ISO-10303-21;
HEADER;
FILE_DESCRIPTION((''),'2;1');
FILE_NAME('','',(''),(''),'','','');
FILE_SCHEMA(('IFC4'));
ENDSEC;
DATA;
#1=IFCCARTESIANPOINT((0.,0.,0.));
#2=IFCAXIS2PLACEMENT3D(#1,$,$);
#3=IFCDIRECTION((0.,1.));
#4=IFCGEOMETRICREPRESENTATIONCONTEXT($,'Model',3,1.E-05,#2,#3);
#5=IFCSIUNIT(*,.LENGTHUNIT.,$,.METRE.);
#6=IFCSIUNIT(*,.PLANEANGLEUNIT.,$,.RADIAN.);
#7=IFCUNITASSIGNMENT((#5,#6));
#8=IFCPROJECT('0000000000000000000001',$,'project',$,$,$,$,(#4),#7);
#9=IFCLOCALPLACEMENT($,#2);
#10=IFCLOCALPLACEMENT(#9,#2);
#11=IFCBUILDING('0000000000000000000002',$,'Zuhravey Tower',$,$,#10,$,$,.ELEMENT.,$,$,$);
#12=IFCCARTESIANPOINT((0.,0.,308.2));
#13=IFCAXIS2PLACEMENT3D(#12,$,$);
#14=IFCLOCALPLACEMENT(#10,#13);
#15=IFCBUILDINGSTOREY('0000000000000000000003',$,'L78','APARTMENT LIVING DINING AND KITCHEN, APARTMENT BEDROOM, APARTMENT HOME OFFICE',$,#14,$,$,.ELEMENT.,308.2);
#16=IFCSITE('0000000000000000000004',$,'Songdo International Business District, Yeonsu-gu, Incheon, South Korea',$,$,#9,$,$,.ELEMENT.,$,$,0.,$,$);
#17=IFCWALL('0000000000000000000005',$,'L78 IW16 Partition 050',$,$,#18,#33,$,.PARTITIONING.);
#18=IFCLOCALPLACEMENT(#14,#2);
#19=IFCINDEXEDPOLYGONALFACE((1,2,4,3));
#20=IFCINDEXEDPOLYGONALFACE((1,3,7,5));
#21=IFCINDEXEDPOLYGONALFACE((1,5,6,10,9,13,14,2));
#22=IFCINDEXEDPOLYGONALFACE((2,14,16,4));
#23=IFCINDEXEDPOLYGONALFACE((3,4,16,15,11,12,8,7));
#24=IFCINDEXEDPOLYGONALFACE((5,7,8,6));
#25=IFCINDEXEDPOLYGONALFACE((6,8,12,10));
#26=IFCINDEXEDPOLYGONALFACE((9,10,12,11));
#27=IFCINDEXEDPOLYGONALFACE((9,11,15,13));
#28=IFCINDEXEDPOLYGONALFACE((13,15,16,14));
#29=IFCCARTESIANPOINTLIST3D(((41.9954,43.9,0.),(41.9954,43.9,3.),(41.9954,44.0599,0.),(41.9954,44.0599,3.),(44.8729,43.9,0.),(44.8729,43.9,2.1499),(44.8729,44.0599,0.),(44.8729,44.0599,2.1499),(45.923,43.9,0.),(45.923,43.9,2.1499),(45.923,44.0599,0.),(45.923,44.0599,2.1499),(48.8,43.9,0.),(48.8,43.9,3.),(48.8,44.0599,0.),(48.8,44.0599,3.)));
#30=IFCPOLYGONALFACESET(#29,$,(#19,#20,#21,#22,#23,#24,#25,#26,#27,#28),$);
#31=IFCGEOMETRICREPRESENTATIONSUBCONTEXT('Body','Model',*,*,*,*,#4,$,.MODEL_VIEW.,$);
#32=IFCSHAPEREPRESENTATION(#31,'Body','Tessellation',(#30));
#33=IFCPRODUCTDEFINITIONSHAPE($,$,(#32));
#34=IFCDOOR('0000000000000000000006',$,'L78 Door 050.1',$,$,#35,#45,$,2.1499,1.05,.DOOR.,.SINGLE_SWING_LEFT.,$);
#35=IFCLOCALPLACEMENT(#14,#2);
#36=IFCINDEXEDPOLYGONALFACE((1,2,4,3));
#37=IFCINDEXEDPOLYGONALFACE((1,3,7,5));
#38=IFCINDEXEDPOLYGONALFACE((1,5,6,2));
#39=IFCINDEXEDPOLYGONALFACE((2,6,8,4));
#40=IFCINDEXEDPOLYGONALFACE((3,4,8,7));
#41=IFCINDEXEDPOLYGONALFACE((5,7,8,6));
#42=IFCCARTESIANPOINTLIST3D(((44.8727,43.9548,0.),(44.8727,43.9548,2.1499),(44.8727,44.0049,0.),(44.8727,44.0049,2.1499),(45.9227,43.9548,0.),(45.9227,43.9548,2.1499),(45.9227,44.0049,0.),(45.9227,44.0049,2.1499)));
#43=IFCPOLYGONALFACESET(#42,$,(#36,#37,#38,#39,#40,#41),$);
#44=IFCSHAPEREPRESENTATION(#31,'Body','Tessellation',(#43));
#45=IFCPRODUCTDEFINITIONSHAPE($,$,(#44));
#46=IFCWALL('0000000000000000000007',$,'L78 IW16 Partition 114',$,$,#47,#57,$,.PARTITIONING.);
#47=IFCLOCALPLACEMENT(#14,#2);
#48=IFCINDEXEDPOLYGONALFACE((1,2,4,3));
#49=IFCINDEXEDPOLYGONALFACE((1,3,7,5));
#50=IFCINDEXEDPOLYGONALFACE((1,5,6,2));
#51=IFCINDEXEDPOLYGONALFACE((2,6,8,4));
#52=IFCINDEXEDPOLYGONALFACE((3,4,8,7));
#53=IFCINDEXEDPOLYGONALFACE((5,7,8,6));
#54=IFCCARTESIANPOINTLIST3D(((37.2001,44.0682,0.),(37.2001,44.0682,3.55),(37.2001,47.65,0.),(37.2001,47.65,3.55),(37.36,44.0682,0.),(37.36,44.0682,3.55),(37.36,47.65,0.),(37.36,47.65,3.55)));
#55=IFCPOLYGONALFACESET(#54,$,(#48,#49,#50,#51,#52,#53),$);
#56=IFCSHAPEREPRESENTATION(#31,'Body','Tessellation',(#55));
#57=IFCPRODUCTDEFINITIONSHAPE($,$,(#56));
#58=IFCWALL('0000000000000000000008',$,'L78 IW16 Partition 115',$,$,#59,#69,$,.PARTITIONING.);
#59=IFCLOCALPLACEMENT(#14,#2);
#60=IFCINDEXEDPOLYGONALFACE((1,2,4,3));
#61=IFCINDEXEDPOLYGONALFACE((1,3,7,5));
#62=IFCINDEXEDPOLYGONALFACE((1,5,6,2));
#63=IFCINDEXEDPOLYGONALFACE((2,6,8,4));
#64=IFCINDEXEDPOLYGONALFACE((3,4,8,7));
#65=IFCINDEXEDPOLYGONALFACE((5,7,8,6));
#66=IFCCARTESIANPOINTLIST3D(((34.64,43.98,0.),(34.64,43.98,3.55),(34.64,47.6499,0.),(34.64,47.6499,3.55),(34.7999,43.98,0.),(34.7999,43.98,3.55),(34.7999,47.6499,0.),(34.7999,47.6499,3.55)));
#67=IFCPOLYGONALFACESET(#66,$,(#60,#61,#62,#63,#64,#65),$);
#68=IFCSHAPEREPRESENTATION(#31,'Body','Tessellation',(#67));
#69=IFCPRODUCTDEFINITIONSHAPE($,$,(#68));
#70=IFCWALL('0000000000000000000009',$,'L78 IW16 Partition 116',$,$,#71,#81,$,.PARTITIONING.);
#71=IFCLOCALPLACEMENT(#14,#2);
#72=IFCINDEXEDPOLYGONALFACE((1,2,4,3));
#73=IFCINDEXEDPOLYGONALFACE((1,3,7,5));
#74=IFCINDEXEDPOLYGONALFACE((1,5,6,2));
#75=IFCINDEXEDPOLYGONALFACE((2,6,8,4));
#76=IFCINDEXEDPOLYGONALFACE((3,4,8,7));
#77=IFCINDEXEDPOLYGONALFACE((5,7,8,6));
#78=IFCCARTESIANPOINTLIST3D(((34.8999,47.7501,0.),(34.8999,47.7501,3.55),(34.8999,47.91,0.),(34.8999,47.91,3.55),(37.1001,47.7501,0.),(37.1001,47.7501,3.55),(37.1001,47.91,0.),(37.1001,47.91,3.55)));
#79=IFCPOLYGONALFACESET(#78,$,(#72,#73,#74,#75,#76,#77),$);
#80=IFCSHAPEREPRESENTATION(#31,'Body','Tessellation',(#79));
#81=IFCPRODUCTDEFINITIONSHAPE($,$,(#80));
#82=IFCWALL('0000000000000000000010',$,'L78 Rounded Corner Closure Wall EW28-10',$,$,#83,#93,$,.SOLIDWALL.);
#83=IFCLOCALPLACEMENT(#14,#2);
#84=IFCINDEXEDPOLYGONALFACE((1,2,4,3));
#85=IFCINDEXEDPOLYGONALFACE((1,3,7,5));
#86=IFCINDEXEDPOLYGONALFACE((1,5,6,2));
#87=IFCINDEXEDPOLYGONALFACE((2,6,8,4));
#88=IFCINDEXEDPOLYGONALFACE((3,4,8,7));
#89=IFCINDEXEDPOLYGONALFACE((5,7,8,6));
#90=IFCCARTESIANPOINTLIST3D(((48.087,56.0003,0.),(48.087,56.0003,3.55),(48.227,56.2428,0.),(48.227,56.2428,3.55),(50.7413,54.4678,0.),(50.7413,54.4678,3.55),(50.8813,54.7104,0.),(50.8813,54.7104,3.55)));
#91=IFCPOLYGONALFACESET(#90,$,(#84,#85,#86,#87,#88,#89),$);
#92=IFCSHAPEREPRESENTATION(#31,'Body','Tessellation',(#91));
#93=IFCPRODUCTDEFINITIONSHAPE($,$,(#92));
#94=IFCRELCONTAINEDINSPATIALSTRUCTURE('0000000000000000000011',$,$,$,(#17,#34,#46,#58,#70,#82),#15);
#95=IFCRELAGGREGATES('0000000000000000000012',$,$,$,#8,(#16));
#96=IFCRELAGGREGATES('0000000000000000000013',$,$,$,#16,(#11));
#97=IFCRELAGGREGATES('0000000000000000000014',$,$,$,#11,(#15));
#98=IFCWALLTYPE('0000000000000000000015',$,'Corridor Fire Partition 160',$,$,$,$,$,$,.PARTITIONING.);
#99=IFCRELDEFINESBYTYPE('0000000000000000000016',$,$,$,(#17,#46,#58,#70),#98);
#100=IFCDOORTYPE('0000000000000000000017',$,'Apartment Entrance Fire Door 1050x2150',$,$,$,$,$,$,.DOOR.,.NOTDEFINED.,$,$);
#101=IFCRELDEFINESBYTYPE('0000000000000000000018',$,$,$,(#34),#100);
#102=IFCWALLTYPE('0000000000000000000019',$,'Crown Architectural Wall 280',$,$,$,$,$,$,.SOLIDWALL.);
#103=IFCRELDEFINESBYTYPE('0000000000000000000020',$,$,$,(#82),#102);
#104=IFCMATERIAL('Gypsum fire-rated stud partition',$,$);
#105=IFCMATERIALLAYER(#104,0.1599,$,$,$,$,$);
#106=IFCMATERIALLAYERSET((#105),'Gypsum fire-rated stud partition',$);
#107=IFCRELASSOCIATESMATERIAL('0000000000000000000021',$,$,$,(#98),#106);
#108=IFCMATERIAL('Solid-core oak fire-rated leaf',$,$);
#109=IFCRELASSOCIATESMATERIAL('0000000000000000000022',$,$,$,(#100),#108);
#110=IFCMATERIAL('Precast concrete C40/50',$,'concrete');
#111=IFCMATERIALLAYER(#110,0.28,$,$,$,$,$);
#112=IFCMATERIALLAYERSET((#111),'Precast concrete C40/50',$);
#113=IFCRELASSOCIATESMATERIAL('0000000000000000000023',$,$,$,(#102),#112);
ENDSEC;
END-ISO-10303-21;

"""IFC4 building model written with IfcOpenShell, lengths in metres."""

from ifc_helpers import new_model, si_unit, direction, frame, frame_2d, origin, place, context, subcontext, project, spatial, rectangle, extrude, material, layer, layer_set, type_object, element, fill, save


model = new_model("IFC4")

# Units and contexts
model_context = context("Model", 3, precision=1e-05, world=origin(), true_north=direction((0.0, 1.0)))
body_context = subcontext(model_context, "Body", "Model", "MODEL_VIEW")
ifc_project = project(units=[si_unit("LENGTHUNIT", "METRE"), si_unit("PLANEANGLEUNIT", "RADIAN")], contexts=[model_context])

# Site, building, storey
site_placement = place(None, origin())
site = spatial("IfcSite", under=ifc_project, at=site_placement, Name="Songdo International Business District, Yeonsu-gu, Incheon, South Korea", CompositionType="ELEMENT", RefElevation=0.0)
building_placement = place(site_placement, origin())
building = spatial("IfcBuilding", under=site, at=building_placement, Name="Zuhravey Tower", CompositionType="ELEMENT")
storey_placement = place(building_placement, frame((0.0, 0.0, 308.2)))
storey = spatial("IfcBuildingStorey", under=building, at=storey_placement, Name="L78", Description="APARTMENT LIVING DINING AND KITCHEN, APARTMENT BEDROOM, APARTMENT HOME OFFICE", CompositionType="ELEMENT", Elevation=308.2)

# Wall, opening, door
ifc_material_1 = material(Name="Gypsum fire-rated stud partition")
ifc_layer_1 = layer(ifc_material_1, 0.1599)
ifc_layer_set_1 = layer_set([ifc_layer_1], Name="Gypsum fire-rated stud partition")
wall_type_1 = type_object("IfcWallType", Name="Corridor Fire Partition 160", PredefinedType="PARTITIONING", material=ifc_layer_set_1)
wall_1_placement = place(storey_placement, frame((48.8, 43.98, 0.0), z_axis=(0.0, 0.0, 1.0), x_axis=(-1.0, 0.0, 0.0)))
wall_1 = element("IfcWall", 1, at=wall_1_placement, inside=storey, type_object=wall_type_1, Name="L78 IW16 Partition 050", PredefinedType="PARTITIONING", context=body_context, shape_type="SweptSolid", body=[
    extrude(rectangle(XDim=6.8047, YDim=0.1599, at=frame_2d((3.4023, 0.0))), origin(), (0.0, 0.0, 1.0), 3.0),
])
opening_placement = place(wall_1_placement, frame((2.8772, 0.0, 0.0)))
opening = element("IfcOpeningElement", 2, at=opening_placement, cuts=wall_1, PredefinedType="OPENING", context=body_context, shape_type="SweptSolid", body=[
    extrude(rectangle(XDim=1.05, YDim=2.1499, at=frame_2d((0.5249, 1.075))), frame((0.0, 0.092, 0.0), z_axis=(0.0, -1.0, 0.0), x_axis=(1.0, 0.0, 0.0)), (0.0, 0.0, 1.0), 0.1838),
])
ifc_material_2 = material(Name="Solid-core oak fire-rated leaf")
door_type = type_object("IfcDoorType", Name="Apartment Entrance Fire Door 1050x2150", OperationType="NOTDEFINED", PredefinedType="DOOR", material=ifc_material_2)
door_placement = place(opening_placement, frame((1.05, 0.0, 0.0), z_axis=(0.0, 0.0, 1.0), x_axis=(-1.0, 0.0, 0.0)))
door = element("IfcDoor", 3, at=door_placement, inside=storey, type_object=door_type, Name="L78 Door 050.1", OperationType="SINGLE_SWING_LEFT", OverallHeight=2.1499, OverallWidth=1.05, PredefinedType="DOOR", context=body_context, shape_type="SweptSolid", body=[
    extrude(rectangle(XDim=1.05, YDim=2.1499, at=frame_2d((0.5249, 1.075))), frame((0.0, 0.0249, 0.0), z_axis=(0.0, -1.0, 0.0), x_axis=(1.0, 0.0, 0.0)), (0.0, 0.0, 1.0), 0.05),
])
fill(opening, door)

# Walls
wall_2_placement = place(storey_placement, frame((37.28, 44.0681, 0.0), z_axis=(0.0, 0.0, 1.0), x_axis=(0.0, 1.0, 0.0)))
element("IfcWall", 4, at=wall_2_placement, inside=storey, type_object=wall_type_1, Name="L78 IW16 Partition 114", PredefinedType="PARTITIONING", context=body_context, shape_type="SweptSolid", body=[
    extrude(rectangle(XDim=3.5818, YDim=0.1599, at=frame_2d((1.791, 0.0))), origin(), (0.0, 0.0, 1.0), 3.55),
])
wall_3_placement = place(storey_placement, frame((34.72, 47.6499, 0.0), z_axis=(0.0, 0.0, 1.0), x_axis=(0.0, -1.0, 0.0)))
element("IfcWall", 5, at=wall_3_placement, inside=storey, type_object=wall_type_1, Name="L78 IW16 Partition 115", PredefinedType="PARTITIONING", context=body_context, shape_type="SweptSolid", body=[
    extrude(rectangle(XDim=3.6699, YDim=0.1599, at=frame_2d((1.835, 0.0))), origin(), (0.0, 0.0, 1.0), 3.55),
])
wall_4_placement = place(storey_placement, frame((37.1001, 47.8301, 0.0), z_axis=(0.0, 0.0, 1.0), x_axis=(-1.0, 0.0, 0.0)))
element("IfcWall", 6, at=wall_4_placement, inside=storey, type_object=wall_type_1, Name="L78 IW16 Partition 116", PredefinedType="PARTITIONING", context=body_context, shape_type="SweptSolid", body=[
    extrude(rectangle(XDim=2.2002, YDim=0.1599, at=frame_2d((1.1001, 0.0))), origin(), (0.0, 0.0, 1.0), 3.55),
])
ifc_material_3 = material(Name="Precast concrete C40/50", Category="concrete")
ifc_layer_2 = layer(ifc_material_3, 0.28)
ifc_layer_set_2 = layer_set([ifc_layer_2], Name="Precast concrete C40/50")
wall_type_2 = type_object("IfcWallType", Name="Crown Architectural Wall 280", PredefinedType="SOLIDWALL", material=ifc_layer_set_2)
wall_5_placement = place(storey_placement, frame((48.157, 56.1216, 0.0), z_axis=(0.0, 0.0, 1.0), x_axis=(0.866024, -0.500003, 0.0)))
element("IfcWall", 7, at=wall_5_placement, inside=storey, type_object=wall_type_2, Name="L78 Rounded Corner Closure Wall EW28-10", PredefinedType="SOLIDWALL", context=body_context, shape_type="SweptSolid", body=[
    extrude(rectangle(XDim=3.0649, YDim=0.28, at=frame_2d((1.5325, 0.0))), origin(), (0.0, 0.0, 1.0), 3.55),
])

save(model, "model.ifc")
